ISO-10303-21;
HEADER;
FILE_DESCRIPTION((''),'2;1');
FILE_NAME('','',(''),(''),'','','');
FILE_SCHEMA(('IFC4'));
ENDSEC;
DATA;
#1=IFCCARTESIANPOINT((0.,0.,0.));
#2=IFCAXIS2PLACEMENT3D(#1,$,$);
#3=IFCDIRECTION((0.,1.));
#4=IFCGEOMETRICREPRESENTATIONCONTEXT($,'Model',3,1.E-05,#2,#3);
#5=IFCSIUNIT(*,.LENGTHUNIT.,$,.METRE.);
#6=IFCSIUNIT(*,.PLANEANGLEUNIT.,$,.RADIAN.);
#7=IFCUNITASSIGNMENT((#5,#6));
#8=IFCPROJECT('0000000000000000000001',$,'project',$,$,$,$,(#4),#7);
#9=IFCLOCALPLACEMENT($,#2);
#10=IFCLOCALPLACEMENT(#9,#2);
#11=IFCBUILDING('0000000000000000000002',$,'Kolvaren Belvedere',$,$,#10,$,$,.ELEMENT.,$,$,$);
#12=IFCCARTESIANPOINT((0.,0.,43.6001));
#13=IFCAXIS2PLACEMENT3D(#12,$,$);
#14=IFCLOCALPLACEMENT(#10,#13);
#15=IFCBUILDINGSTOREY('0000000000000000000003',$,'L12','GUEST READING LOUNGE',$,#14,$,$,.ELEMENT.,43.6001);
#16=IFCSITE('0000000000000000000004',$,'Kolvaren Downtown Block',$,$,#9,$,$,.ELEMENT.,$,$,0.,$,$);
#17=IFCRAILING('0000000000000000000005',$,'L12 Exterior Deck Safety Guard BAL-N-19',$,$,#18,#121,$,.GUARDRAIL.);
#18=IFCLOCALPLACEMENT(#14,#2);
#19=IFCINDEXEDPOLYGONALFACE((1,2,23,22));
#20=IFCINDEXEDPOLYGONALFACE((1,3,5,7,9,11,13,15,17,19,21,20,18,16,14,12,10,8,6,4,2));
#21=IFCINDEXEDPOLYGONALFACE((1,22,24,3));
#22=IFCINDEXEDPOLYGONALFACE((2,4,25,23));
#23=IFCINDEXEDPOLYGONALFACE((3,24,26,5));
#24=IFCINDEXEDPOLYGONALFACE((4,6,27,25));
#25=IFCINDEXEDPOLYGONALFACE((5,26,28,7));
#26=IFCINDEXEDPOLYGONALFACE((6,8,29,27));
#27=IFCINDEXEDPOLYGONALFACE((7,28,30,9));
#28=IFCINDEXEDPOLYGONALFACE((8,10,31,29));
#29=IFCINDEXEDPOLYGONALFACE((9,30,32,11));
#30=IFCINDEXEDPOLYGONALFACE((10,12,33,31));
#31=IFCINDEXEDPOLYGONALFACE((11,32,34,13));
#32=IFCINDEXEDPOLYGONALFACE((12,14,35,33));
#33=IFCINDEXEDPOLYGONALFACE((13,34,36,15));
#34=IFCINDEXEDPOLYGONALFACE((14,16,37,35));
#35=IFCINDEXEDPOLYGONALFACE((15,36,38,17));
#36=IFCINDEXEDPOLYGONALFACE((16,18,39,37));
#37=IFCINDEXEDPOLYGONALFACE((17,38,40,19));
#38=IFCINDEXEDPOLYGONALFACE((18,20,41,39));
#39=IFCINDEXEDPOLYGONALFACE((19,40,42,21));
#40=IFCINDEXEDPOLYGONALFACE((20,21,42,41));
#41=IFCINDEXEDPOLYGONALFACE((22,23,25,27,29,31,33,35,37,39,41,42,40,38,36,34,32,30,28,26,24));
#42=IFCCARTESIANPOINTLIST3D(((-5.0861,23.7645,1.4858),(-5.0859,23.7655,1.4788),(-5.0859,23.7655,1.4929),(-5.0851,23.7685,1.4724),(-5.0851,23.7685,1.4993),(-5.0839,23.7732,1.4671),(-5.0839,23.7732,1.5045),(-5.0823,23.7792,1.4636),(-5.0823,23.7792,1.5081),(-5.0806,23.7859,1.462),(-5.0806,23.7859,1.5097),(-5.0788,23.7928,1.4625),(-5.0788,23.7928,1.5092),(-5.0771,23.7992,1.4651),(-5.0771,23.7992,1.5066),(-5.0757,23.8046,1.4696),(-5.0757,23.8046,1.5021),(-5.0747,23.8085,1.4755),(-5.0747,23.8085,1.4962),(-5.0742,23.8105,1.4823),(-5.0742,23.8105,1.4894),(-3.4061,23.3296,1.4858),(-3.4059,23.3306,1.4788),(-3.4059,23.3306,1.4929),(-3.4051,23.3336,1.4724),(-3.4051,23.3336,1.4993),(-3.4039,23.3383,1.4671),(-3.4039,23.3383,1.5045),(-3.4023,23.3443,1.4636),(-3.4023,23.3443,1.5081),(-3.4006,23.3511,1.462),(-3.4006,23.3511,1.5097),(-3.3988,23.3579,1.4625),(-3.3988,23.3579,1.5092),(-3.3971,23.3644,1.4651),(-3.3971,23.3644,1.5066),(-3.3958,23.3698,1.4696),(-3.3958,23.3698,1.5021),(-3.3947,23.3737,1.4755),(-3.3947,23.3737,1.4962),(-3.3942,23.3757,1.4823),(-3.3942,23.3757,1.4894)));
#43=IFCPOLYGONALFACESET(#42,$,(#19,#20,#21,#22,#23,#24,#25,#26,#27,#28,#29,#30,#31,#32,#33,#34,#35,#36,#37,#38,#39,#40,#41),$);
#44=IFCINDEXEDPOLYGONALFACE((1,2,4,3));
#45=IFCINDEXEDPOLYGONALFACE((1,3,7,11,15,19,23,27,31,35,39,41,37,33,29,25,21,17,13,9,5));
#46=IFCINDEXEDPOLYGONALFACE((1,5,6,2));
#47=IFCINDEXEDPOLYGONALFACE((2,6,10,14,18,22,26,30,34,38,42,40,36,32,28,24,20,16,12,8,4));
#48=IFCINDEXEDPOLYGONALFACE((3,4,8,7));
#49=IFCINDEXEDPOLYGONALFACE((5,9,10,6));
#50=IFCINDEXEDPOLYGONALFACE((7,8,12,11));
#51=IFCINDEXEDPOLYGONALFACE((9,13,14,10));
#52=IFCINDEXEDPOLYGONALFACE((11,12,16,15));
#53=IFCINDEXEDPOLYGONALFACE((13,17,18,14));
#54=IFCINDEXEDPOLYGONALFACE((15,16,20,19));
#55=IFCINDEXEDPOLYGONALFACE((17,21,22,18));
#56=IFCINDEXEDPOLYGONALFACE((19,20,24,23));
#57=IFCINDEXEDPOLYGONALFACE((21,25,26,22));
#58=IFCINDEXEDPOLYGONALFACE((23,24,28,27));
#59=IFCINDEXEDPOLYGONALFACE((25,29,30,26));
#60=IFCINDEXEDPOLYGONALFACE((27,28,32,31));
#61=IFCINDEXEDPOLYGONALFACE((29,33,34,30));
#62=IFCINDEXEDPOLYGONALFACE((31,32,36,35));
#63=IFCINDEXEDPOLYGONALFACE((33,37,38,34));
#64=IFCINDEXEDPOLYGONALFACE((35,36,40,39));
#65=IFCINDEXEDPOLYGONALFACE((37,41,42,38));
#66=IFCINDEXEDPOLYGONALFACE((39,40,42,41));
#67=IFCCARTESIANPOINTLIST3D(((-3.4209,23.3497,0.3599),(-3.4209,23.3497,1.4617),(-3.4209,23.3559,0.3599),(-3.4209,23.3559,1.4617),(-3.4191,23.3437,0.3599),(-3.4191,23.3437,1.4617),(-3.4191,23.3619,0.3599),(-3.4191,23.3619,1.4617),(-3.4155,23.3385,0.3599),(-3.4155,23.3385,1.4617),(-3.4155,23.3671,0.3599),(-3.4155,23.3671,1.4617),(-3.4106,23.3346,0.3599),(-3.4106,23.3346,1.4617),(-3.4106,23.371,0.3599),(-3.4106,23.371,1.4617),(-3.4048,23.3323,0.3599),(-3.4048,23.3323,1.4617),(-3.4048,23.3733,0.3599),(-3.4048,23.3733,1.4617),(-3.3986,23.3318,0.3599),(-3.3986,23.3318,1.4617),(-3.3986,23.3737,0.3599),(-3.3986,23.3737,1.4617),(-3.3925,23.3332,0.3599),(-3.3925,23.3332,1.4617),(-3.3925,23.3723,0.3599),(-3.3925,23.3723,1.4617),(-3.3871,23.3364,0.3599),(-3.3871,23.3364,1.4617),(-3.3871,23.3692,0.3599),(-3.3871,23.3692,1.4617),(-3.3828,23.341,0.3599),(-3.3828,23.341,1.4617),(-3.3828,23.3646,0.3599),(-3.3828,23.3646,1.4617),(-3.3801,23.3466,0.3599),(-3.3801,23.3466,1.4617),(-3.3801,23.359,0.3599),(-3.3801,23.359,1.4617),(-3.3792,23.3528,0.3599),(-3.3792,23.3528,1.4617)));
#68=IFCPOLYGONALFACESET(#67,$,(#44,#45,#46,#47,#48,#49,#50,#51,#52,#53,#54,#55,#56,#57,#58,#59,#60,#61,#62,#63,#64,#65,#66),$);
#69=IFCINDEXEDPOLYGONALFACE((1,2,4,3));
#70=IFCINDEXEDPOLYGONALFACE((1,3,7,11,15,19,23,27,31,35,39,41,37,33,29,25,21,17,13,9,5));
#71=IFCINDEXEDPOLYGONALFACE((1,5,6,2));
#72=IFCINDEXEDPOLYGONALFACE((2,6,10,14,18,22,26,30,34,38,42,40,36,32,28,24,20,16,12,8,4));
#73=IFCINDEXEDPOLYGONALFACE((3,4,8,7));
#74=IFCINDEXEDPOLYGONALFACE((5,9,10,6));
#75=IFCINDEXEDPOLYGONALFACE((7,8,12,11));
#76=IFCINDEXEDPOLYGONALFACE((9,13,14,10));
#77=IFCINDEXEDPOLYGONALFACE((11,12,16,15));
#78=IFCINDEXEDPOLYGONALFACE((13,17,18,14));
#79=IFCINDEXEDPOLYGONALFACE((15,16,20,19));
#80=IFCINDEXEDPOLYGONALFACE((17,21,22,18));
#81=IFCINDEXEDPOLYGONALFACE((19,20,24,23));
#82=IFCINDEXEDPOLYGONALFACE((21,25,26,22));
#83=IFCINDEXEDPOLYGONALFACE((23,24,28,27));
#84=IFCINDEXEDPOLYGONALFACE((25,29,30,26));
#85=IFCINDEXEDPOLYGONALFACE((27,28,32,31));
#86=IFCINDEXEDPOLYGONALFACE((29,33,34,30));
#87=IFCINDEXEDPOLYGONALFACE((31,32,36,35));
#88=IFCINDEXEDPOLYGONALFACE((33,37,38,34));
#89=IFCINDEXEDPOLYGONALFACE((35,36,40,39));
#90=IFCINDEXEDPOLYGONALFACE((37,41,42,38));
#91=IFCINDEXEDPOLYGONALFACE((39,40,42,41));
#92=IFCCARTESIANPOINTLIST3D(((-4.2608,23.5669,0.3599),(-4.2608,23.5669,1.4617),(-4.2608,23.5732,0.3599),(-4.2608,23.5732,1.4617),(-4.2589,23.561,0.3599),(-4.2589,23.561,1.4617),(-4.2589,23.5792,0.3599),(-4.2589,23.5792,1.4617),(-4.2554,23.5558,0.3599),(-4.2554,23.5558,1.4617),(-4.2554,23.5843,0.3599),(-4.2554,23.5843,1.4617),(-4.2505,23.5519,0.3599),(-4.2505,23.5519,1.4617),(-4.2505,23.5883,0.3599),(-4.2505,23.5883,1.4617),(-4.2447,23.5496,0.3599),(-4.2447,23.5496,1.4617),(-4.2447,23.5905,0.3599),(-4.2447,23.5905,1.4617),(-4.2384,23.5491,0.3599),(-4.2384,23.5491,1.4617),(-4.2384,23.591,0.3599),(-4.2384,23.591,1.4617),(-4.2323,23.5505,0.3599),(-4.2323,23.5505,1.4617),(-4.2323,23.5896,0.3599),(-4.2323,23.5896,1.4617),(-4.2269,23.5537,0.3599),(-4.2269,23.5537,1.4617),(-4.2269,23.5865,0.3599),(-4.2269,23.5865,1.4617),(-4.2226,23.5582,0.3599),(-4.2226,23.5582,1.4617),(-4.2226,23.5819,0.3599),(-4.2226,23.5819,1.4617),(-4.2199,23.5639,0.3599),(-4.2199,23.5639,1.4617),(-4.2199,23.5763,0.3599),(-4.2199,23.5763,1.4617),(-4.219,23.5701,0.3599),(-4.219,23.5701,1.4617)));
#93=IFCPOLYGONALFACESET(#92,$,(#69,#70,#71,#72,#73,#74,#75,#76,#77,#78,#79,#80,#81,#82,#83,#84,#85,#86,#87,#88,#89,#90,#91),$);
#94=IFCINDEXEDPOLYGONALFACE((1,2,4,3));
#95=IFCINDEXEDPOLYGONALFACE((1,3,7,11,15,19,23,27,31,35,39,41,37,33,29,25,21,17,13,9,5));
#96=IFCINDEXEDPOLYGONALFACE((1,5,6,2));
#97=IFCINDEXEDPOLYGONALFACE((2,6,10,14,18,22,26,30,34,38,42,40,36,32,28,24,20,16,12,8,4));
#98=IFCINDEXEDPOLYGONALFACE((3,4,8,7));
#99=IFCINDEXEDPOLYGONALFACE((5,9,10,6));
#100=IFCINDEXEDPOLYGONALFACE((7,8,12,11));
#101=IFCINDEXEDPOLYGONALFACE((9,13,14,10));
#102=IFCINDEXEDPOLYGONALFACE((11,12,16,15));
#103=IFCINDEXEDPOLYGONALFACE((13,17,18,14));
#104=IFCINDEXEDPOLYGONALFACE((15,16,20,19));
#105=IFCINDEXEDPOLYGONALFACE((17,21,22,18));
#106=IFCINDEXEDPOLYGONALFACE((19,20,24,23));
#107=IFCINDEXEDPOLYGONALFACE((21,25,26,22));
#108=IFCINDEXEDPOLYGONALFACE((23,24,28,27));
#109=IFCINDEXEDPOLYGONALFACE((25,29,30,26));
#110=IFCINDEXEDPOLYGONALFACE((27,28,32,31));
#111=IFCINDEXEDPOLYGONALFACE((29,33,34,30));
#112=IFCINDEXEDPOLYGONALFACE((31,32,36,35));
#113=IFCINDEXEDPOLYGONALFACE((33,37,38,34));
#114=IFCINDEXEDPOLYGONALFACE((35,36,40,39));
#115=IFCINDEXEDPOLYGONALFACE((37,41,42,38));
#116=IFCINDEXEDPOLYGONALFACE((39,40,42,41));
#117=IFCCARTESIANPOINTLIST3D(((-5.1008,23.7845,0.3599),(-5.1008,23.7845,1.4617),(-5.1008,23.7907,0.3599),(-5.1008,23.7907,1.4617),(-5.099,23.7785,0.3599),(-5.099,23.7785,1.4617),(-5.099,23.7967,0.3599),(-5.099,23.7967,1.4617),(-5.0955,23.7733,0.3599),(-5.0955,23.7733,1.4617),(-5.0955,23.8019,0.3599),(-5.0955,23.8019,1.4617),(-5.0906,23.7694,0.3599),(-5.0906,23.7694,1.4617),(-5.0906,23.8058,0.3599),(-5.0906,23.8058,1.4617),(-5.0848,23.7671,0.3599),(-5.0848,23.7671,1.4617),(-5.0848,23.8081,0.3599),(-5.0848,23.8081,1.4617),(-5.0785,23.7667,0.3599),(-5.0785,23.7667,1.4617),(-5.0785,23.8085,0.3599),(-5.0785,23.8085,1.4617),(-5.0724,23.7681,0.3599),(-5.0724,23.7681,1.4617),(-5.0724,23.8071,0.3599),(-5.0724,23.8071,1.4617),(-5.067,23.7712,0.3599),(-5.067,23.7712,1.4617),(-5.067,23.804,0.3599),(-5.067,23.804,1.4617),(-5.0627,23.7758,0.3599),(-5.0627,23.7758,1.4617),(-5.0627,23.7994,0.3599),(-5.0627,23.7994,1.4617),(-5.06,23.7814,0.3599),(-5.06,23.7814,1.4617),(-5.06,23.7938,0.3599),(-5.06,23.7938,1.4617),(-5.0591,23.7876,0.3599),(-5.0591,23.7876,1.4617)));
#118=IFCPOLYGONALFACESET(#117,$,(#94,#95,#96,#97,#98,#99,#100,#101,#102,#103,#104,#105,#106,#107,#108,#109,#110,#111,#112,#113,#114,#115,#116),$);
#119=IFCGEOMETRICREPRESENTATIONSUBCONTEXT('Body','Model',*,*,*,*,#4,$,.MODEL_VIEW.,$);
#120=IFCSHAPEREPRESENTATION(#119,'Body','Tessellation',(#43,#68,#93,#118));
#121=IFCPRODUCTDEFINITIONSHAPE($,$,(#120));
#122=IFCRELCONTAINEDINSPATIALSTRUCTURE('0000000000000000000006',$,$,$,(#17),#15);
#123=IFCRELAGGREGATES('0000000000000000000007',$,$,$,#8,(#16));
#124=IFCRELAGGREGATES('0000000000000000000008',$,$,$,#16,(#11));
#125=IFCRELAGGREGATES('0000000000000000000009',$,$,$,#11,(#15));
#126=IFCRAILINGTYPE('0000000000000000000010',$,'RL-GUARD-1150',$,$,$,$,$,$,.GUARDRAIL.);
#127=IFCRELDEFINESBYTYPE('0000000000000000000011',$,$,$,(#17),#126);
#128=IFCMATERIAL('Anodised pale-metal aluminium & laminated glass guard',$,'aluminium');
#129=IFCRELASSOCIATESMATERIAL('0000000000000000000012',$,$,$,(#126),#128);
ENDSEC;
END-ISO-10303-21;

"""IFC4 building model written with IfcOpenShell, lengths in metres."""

from ifc_helpers import new_model, si_unit, direction, frame, origin, origin_2d, place, context, subcontext, project, spatial, circle, extrude, material, type_object, element, save


model = new_model("IFC4")

# Units and contexts
model_context = context("Model", 3, precision=1e-05, world=origin(), true_north=direction((0.0, 1.0)))
body_context = subcontext(model_context, "Body", "Model", "MODEL_VIEW")
ifc_project = project(units=[si_unit("LENGTHUNIT", "METRE"), si_unit("PLANEANGLEUNIT", "RADIAN")], contexts=[model_context])

# Site, building, storey
site_placement = place(None, origin())
site = spatial("IfcSite", under=ifc_project, at=site_placement, Name="Kolvaren Downtown Block", CompositionType="ELEMENT", RefElevation=0.0)
building_placement = place(site_placement, origin())
building = spatial("IfcBuilding", under=site, at=building_placement, Name="Kolvaren Belvedere", CompositionType="ELEMENT")
storey_placement = place(building_placement, frame((0.0, 0.0, 43.6001)))
storey = spatial("IfcBuildingStorey", under=building, at=storey_placement, Name="L12", Description="GUEST READING LOUNGE", CompositionType="ELEMENT", Elevation=43.6001)

# Railing
ifc_material_1 = material(Name="Anodised pale-metal aluminium & laminated glass guard", Category="aluminium")
railing_type = type_object("IfcRailingType", Name="RL-GUARD-1150", PredefinedType="GUARDRAIL", material=ifc_material_1)
railing_1_placement = place(storey_placement, frame((-3.4001, 23.3528, 0.3599)))
element("IfcRailing", 1, at=railing_1_placement, inside=storey, type_object=railing_type, Name="L12 Exterior Deck Safety Guard BAL-N-19", PredefinedType="GUARDRAIL", context=body_context, shape_type="SweptSolid", body=[
    extrude(circle(Radius=0.0239, at=origin_2d()), frame((0.0, 0.0, 1.126), z_axis=(-0.968098, 0.250572, 0.0), x_axis=(-0.250572, -0.968098, 0.0)), (0.0, 0.0, 1.0), 1.7354),
    extrude(circle(Radius=0.021, at=origin_2d()), origin(), (0.0, 0.0, 1.0), 1.1018),
    extrude(circle(Radius=0.021, at=origin_2d()), frame((-0.8398, 0.2173, 0.0)), (0.0, 0.0, 1.0), 1.1018),
    extrude(circle(Radius=0.021, at=origin_2d()), frame((-1.6799, 0.4348, 0.0)), (0.0, 0.0, 1.0), 1.1018),
])

save(model, "model.ifc")
